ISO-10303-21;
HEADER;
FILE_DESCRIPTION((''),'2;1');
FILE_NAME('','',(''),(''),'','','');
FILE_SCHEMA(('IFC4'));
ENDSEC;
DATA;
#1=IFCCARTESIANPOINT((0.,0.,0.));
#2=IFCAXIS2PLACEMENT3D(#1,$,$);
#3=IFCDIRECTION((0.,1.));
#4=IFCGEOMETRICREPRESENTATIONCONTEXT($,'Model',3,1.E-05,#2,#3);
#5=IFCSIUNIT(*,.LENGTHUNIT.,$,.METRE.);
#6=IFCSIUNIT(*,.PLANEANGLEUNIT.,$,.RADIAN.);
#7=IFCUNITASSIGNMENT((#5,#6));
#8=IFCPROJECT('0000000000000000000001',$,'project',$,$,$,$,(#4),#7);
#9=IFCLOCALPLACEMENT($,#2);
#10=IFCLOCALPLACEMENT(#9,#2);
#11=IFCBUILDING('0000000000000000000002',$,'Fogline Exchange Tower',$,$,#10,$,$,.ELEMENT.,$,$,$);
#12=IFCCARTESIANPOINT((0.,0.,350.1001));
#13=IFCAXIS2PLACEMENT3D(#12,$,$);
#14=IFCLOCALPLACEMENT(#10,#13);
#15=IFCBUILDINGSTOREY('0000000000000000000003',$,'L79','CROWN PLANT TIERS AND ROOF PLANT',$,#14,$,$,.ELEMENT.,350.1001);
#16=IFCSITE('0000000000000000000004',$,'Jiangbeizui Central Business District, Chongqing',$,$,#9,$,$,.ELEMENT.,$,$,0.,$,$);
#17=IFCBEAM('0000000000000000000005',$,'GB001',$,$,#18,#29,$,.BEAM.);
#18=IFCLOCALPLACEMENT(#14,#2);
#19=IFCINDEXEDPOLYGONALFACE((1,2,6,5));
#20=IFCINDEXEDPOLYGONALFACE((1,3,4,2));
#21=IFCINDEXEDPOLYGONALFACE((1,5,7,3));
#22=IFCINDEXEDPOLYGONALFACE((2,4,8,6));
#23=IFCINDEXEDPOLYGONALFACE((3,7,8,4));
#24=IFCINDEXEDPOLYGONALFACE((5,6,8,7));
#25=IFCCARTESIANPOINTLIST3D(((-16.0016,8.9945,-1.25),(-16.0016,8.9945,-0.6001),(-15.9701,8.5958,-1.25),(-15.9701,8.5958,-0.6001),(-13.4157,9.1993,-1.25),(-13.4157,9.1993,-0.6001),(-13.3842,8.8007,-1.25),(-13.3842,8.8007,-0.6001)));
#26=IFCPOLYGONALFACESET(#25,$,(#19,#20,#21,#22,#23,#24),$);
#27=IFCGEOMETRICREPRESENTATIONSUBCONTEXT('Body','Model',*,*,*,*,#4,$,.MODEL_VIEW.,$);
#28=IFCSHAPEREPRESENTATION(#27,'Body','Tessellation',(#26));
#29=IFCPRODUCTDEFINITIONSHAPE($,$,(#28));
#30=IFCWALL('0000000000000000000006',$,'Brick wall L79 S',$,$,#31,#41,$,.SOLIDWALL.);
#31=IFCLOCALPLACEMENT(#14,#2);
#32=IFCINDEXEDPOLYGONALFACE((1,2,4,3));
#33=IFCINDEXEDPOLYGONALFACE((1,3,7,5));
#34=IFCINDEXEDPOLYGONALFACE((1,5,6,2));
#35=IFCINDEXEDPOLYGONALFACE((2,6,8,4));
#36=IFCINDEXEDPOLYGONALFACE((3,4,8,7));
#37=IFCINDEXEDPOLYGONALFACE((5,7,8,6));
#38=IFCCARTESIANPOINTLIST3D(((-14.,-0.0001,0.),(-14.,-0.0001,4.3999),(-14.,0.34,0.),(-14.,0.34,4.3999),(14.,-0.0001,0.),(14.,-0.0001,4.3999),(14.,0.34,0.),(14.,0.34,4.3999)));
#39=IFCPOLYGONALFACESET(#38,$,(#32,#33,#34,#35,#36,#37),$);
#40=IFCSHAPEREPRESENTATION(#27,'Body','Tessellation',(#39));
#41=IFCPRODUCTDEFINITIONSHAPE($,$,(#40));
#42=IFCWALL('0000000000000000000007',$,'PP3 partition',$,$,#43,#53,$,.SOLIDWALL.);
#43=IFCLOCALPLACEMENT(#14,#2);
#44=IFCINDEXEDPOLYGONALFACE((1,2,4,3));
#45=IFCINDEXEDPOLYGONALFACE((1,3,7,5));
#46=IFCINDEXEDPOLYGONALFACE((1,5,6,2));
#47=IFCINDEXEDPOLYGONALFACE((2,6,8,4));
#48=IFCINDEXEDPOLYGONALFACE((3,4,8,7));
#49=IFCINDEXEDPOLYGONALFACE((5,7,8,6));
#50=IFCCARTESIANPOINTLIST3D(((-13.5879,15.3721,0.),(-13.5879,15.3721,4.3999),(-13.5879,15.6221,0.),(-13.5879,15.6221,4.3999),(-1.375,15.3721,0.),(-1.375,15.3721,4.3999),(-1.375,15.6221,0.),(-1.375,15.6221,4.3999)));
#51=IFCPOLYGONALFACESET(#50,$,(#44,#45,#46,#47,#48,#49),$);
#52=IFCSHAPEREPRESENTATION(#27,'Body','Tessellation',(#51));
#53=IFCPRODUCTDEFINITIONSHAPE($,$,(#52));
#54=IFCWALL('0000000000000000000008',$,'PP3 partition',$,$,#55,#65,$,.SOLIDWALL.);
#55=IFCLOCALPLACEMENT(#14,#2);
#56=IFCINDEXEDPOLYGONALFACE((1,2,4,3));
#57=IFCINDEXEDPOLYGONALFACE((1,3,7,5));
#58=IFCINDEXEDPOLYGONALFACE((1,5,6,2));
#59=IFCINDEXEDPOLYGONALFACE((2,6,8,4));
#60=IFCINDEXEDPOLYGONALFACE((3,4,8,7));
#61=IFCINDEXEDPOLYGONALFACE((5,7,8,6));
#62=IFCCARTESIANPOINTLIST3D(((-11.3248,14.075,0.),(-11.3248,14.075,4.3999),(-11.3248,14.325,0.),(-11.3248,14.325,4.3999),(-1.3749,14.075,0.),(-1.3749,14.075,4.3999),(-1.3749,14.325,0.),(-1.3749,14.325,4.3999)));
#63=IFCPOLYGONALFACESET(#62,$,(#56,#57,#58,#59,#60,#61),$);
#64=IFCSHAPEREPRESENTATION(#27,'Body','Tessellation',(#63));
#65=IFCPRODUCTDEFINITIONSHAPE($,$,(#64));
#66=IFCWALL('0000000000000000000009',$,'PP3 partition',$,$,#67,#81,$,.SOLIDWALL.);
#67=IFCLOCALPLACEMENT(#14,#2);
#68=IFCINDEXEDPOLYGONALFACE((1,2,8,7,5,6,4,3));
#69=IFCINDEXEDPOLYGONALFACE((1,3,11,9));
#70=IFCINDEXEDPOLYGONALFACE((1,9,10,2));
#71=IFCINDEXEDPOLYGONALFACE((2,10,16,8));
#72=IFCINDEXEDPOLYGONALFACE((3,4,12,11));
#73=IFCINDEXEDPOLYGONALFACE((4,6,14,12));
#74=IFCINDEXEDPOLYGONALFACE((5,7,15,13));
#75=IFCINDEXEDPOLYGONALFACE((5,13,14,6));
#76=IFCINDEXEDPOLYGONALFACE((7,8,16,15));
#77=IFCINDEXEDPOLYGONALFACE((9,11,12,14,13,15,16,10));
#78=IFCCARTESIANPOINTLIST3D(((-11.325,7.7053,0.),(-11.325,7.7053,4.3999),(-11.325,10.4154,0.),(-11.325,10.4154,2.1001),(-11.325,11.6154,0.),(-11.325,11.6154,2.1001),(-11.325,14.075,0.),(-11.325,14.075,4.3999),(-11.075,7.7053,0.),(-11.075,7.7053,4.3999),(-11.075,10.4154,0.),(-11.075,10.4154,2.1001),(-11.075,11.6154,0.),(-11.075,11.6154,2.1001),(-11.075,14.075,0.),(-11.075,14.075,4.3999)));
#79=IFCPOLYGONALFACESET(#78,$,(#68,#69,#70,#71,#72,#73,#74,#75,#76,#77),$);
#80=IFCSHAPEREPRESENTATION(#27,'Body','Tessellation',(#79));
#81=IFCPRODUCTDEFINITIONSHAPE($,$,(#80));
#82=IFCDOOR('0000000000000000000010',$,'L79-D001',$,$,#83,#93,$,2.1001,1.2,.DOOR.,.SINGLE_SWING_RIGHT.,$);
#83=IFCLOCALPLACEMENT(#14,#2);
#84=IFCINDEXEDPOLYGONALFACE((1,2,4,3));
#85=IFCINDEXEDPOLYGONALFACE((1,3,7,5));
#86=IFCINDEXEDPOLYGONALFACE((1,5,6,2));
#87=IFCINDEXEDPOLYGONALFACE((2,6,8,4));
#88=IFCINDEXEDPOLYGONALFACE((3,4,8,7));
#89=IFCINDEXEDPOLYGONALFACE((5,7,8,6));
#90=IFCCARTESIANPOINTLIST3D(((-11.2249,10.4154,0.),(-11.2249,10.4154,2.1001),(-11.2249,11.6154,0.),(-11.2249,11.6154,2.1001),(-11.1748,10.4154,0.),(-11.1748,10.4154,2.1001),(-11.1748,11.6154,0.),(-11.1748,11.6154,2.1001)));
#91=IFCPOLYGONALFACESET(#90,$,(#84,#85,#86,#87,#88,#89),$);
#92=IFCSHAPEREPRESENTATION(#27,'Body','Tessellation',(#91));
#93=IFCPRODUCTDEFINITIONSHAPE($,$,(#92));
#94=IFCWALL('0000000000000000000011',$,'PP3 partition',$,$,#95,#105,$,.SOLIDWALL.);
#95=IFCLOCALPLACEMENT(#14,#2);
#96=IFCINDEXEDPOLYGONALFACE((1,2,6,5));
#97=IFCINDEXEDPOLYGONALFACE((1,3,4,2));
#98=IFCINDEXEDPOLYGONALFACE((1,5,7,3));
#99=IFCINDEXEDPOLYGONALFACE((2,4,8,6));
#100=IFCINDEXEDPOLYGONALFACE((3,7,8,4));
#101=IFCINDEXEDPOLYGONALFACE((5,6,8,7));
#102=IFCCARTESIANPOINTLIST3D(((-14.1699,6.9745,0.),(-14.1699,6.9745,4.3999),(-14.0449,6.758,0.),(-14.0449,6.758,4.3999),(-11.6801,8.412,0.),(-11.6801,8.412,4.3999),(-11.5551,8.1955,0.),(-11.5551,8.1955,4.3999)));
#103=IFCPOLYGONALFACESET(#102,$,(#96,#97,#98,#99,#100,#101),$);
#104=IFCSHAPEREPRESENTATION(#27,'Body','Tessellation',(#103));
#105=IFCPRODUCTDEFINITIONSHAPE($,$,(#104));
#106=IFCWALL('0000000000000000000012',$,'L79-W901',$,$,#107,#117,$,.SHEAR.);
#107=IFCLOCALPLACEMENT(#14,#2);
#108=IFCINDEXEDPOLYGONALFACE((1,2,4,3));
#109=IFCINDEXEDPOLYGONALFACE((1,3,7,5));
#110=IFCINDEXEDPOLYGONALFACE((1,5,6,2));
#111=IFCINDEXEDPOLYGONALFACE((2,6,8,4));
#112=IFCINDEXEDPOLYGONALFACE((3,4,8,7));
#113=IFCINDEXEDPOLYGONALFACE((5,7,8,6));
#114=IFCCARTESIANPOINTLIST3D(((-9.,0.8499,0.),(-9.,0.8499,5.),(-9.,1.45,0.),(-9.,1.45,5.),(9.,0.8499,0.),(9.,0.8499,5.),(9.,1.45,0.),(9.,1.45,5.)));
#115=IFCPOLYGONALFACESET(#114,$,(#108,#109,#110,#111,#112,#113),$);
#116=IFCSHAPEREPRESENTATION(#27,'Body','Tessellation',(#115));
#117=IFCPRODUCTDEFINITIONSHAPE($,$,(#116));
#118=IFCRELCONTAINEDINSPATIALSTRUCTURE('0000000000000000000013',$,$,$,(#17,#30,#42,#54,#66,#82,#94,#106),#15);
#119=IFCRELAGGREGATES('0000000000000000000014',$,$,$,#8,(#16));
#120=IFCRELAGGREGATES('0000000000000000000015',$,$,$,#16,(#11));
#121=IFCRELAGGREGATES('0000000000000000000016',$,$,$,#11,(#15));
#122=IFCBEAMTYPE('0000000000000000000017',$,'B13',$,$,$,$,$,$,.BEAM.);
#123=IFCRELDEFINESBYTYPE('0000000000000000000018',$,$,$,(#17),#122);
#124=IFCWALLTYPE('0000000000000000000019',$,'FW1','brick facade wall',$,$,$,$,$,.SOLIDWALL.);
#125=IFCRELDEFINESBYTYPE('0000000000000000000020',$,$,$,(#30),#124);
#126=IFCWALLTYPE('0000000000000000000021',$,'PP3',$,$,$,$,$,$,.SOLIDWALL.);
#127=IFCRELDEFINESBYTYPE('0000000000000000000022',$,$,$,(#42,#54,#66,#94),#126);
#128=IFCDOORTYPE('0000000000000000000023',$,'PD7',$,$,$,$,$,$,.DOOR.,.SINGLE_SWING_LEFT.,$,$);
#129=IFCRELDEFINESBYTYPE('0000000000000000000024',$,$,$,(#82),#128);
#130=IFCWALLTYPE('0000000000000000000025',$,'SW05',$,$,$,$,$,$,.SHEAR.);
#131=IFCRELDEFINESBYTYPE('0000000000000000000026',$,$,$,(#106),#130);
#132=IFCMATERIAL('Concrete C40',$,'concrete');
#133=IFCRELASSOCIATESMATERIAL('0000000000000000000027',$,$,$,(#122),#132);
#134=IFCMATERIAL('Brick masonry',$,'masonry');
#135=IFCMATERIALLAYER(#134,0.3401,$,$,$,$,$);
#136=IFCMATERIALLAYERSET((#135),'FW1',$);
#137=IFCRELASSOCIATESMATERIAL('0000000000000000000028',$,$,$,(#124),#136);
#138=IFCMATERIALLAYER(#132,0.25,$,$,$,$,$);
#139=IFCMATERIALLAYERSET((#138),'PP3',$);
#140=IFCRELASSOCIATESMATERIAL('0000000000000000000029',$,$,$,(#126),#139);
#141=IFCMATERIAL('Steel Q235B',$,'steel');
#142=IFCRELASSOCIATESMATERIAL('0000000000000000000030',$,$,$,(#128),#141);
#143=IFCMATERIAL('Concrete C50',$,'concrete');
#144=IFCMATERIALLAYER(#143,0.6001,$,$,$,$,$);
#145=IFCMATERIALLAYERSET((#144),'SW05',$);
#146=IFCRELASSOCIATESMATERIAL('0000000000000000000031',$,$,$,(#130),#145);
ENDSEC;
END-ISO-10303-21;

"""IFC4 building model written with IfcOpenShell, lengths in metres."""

from ifc_helpers import new_model, si_unit, direction, frame, frame_2d, origin, origin_2d, place, context, subcontext, project, spatial, rectangle, extrude, material, layer, layer_set, material_profile, profile_set, type_object, element, fill, save


model = new_model("IFC4")

# Units and contexts
model_context = context("Model", 3, precision=1e-05, world=origin(), true_north=direction((0.0, 1.0)))
body_context = subcontext(model_context, "Body", "Model", "MODEL_VIEW")
ifc_project = project(units=[si_unit("LENGTHUNIT", "METRE"), si_unit("PLANEANGLEUNIT", "RADIAN")], contexts=[model_context])

# Site, building, storey
site_placement = place(None, origin())
site = spatial("IfcSite", under=ifc_project, at=site_placement, Name="Jiangbeizui Central Business District, Chongqing", CompositionType="ELEMENT", RefElevation=0.0)
building_placement = place(site_placement, origin())
building = spatial("IfcBuilding", under=site, at=building_placement, Name="Fogline Exchange Tower", CompositionType="ELEMENT")
storey_placement = place(building_placement, frame((0.0, 0.0, 350.1001)))
storey = spatial("IfcBuildingStorey", under=building, at=storey_placement, Name="L79", Description="CROWN PLANT TIERS AND ROOF PLANT", CompositionType="ELEMENT", Elevation=350.1001)

# Beam
ifc_material_1 = material(Name="Concrete C40", Category="concrete")
ifc_material_profile_1 = material_profile(ifc_material_1, rectangle(XDim=0.3999, YDim=0.6499, at=origin_2d()), Name="RC 400x650")
ifc_profile_set_1 = profile_set([ifc_material_profile_1], Name="Concrete C40")
beam_type_1 = type_object("IfcBeamType", Name="B13", PredefinedType="BEAM", material=ifc_profile_set_1)
beam_1_placement = place(storey_placement, frame((-15.9858, 8.7952, -0.925), z_axis=(0.996878, 0.078963, 0.0), x_axis=(-0.078963, 0.996878, 0.0)))
element("IfcBeam", 1, at=beam_1_placement, inside=storey, type_object=beam_type_1, Name="GB001", PredefinedType="BEAM", context=body_context, shape_type="SweptSolid", body=[
    extrude(rectangle(XDim=0.3999, YDim=0.6499, at=origin_2d()), origin(), (0.0, 0.0, 1.0), 2.594),
])

# Shared definitions
ifc_material_2 = material(Name="Brick masonry", Category="masonry")
ifc_layer_1 = layer(ifc_material_2, 0.3401)
ifc_layer_set_1 = layer_set([ifc_layer_1], Name="FW1")
wall_type_1 = type_object("IfcWallType", Name="FW1", Description="brick facade wall", PredefinedType="SOLIDWALL", material=ifc_layer_set_1)

# Walls
wall_1_placement = place(storey_placement, frame((-14.0, 0.1699, 0.0), z_axis=(0.0, 0.0, 1.0), x_axis=(1.0, 0.0, 0.0)))
element("IfcWall", 2, at=wall_1_placement, inside=storey, type_object=wall_type_1, Name="Brick wall L79 S", PredefinedType="SOLIDWALL", context=body_context, shape_type="SweptSolid", body=[
    extrude(rectangle(XDim=28.0, YDim=0.3401, at=frame_2d((14.0, 0.0))), origin(), (0.0, 0.0, 1.0), 4.3999),
])
ifc_layer_2 = layer(ifc_material_1, 0.25)
ifc_layer_set_2 = layer_set([ifc_layer_2], Name="PP3")
wall_type_2 = type_object("IfcWallType", Name="PP3", PredefinedType="SOLIDWALL", material=ifc_layer_set_2)
wall_2_placement = place(storey_placement, frame((-13.5879, 15.4971, 0.0), z_axis=(0.0, 0.0, 1.0), x_axis=(1.0, 0.0, 0.0)))
element("IfcWall", 3, at=wall_2_placement, inside=storey, type_object=wall_type_2, Name="PP3 partition", PredefinedType="SOLIDWALL", context=body_context, shape_type="SweptSolid", body=[
    extrude(rectangle(XDim=12.2129, YDim=0.25, at=frame_2d((6.1064, 0.0))), origin(), (0.0, 0.0, 1.0), 4.3999),
])
wall_3_placement = place(storey_placement, frame((-11.325, 14.2, 0.0), z_axis=(0.0, 0.0, 1.0), x_axis=(1.0, 0.0, 0.0)))
element("IfcWall", 4, at=wall_3_placement, inside=storey, type_object=wall_type_2, Name="PP3 partition", PredefinedType="SOLIDWALL", context=body_context, shape_type="SweptSolid", body=[
    extrude(rectangle(XDim=9.95, YDim=0.25, at=frame_2d((4.9751, 0.0))), origin(), (0.0, 0.0, 1.0), 4.3999),
])

# Wall, opening, door
wall_4_placement = place(storey_placement, frame((-11.2, 7.7053, 0.0), z_axis=(0.0, 0.0, 1.0), x_axis=(0.0, 1.0, 0.0)))
wall_4 = element("IfcWall", 5, at=wall_4_placement, inside=storey, type_object=wall_type_2, Name="PP3 partition", PredefinedType="SOLIDWALL", context=body_context, shape_type="SweptSolid", body=[
    extrude(rectangle(XDim=6.3696, YDim=0.25, at=frame_2d((3.1848, 0.0))), origin(), (0.0, 0.0, 1.0), 4.3999),
])
opening_1_placement = place(wall_4_placement, frame((2.71, 0.0, 0.0)))
opening_1 = element("IfcOpeningElement", 6, at=opening_1_placement, cuts=wall_4, PredefinedType="OPENING", context=body_context, shape_type="SweptSolid", body=[
    extrude(rectangle(XDim=1.2, YDim=2.1001, at=frame_2d((0.6001, 1.05))), frame((0.0, 0.135, 0.0), z_axis=(0.0, -1.0, 0.0), x_axis=(1.0, 0.0, 0.0)), (0.0, 0.0, 1.0), 0.27),
])
ifc_material_3 = material(Name="Steel Q235B", Category="steel")
door_type_1 = type_object("IfcDoorType", Name="PD7", OperationType="SINGLE_SWING_LEFT", PredefinedType="DOOR", material=ifc_material_3)
door_1_placement = place(opening_1_placement, origin())
door_1 = element("IfcDoor", 7, at=door_1_placement, inside=storey, type_object=door_type_1, Name="L79-D001", OperationType="SINGLE_SWING_RIGHT", OverallHeight=2.1001, OverallWidth=1.2, PredefinedType="DOOR", context=body_context, shape_type="SweptSolid", body=[
    extrude(rectangle(XDim=1.2, YDim=2.1001, at=frame_2d((0.6001, 1.05))), frame((0.0, 0.0249, 0.0), z_axis=(0.0, -1.0, 0.0), x_axis=(1.0, 0.0, 0.0)), (0.0, 0.0, 1.0), 0.05),
])
fill(opening_1, door_1)

# Walls
wall_5_placement = place(storey_placement, frame((-14.1074, 6.8662, 0.0), z_axis=(0.0, 0.0, 1.0), x_axis=(0.866019, 0.500012, 0.0)))
element("IfcWall", 8, at=wall_5_placement, inside=storey, type_object=wall_type_2, Name="PP3 partition", PredefinedType="SOLIDWALL", context=body_context, shape_type="SweptSolid", body=[
    extrude(rectangle(XDim=2.875, YDim=0.25, at=frame_2d((1.4375, 0.0))), origin(), (0.0, 0.0, 1.0), 4.3999),
])
ifc_material_4 = material(Name="Concrete C50", Category="concrete")
ifc_layer_3 = layer(ifc_material_4, 0.6001)
ifc_layer_set_3 = layer_set([ifc_layer_3], Name="SW05")
wall_type_3 = type_object("IfcWallType", Name="SW05", PredefinedType="SHEAR", material=ifc_layer_set_3)
wall_6_placement = place(storey_placement, frame((-9.0, 1.1499, 0.0), z_axis=(0.0, 0.0, 1.0), x_axis=(1.0, 0.0, 0.0)))
element("IfcWall", 9, at=wall_6_placement, inside=storey, type_object=wall_type_3, Name="L79-W901", PredefinedType="SHEAR", context=body_context, shape_type="SweptSolid", body=[
    extrude(rectangle(XDim=18.0, YDim=0.6001, at=frame_2d((9.0, 0.0))), origin(), (0.0, 0.0, 1.0), 5.0),
])

save(model, "model.ifc")
